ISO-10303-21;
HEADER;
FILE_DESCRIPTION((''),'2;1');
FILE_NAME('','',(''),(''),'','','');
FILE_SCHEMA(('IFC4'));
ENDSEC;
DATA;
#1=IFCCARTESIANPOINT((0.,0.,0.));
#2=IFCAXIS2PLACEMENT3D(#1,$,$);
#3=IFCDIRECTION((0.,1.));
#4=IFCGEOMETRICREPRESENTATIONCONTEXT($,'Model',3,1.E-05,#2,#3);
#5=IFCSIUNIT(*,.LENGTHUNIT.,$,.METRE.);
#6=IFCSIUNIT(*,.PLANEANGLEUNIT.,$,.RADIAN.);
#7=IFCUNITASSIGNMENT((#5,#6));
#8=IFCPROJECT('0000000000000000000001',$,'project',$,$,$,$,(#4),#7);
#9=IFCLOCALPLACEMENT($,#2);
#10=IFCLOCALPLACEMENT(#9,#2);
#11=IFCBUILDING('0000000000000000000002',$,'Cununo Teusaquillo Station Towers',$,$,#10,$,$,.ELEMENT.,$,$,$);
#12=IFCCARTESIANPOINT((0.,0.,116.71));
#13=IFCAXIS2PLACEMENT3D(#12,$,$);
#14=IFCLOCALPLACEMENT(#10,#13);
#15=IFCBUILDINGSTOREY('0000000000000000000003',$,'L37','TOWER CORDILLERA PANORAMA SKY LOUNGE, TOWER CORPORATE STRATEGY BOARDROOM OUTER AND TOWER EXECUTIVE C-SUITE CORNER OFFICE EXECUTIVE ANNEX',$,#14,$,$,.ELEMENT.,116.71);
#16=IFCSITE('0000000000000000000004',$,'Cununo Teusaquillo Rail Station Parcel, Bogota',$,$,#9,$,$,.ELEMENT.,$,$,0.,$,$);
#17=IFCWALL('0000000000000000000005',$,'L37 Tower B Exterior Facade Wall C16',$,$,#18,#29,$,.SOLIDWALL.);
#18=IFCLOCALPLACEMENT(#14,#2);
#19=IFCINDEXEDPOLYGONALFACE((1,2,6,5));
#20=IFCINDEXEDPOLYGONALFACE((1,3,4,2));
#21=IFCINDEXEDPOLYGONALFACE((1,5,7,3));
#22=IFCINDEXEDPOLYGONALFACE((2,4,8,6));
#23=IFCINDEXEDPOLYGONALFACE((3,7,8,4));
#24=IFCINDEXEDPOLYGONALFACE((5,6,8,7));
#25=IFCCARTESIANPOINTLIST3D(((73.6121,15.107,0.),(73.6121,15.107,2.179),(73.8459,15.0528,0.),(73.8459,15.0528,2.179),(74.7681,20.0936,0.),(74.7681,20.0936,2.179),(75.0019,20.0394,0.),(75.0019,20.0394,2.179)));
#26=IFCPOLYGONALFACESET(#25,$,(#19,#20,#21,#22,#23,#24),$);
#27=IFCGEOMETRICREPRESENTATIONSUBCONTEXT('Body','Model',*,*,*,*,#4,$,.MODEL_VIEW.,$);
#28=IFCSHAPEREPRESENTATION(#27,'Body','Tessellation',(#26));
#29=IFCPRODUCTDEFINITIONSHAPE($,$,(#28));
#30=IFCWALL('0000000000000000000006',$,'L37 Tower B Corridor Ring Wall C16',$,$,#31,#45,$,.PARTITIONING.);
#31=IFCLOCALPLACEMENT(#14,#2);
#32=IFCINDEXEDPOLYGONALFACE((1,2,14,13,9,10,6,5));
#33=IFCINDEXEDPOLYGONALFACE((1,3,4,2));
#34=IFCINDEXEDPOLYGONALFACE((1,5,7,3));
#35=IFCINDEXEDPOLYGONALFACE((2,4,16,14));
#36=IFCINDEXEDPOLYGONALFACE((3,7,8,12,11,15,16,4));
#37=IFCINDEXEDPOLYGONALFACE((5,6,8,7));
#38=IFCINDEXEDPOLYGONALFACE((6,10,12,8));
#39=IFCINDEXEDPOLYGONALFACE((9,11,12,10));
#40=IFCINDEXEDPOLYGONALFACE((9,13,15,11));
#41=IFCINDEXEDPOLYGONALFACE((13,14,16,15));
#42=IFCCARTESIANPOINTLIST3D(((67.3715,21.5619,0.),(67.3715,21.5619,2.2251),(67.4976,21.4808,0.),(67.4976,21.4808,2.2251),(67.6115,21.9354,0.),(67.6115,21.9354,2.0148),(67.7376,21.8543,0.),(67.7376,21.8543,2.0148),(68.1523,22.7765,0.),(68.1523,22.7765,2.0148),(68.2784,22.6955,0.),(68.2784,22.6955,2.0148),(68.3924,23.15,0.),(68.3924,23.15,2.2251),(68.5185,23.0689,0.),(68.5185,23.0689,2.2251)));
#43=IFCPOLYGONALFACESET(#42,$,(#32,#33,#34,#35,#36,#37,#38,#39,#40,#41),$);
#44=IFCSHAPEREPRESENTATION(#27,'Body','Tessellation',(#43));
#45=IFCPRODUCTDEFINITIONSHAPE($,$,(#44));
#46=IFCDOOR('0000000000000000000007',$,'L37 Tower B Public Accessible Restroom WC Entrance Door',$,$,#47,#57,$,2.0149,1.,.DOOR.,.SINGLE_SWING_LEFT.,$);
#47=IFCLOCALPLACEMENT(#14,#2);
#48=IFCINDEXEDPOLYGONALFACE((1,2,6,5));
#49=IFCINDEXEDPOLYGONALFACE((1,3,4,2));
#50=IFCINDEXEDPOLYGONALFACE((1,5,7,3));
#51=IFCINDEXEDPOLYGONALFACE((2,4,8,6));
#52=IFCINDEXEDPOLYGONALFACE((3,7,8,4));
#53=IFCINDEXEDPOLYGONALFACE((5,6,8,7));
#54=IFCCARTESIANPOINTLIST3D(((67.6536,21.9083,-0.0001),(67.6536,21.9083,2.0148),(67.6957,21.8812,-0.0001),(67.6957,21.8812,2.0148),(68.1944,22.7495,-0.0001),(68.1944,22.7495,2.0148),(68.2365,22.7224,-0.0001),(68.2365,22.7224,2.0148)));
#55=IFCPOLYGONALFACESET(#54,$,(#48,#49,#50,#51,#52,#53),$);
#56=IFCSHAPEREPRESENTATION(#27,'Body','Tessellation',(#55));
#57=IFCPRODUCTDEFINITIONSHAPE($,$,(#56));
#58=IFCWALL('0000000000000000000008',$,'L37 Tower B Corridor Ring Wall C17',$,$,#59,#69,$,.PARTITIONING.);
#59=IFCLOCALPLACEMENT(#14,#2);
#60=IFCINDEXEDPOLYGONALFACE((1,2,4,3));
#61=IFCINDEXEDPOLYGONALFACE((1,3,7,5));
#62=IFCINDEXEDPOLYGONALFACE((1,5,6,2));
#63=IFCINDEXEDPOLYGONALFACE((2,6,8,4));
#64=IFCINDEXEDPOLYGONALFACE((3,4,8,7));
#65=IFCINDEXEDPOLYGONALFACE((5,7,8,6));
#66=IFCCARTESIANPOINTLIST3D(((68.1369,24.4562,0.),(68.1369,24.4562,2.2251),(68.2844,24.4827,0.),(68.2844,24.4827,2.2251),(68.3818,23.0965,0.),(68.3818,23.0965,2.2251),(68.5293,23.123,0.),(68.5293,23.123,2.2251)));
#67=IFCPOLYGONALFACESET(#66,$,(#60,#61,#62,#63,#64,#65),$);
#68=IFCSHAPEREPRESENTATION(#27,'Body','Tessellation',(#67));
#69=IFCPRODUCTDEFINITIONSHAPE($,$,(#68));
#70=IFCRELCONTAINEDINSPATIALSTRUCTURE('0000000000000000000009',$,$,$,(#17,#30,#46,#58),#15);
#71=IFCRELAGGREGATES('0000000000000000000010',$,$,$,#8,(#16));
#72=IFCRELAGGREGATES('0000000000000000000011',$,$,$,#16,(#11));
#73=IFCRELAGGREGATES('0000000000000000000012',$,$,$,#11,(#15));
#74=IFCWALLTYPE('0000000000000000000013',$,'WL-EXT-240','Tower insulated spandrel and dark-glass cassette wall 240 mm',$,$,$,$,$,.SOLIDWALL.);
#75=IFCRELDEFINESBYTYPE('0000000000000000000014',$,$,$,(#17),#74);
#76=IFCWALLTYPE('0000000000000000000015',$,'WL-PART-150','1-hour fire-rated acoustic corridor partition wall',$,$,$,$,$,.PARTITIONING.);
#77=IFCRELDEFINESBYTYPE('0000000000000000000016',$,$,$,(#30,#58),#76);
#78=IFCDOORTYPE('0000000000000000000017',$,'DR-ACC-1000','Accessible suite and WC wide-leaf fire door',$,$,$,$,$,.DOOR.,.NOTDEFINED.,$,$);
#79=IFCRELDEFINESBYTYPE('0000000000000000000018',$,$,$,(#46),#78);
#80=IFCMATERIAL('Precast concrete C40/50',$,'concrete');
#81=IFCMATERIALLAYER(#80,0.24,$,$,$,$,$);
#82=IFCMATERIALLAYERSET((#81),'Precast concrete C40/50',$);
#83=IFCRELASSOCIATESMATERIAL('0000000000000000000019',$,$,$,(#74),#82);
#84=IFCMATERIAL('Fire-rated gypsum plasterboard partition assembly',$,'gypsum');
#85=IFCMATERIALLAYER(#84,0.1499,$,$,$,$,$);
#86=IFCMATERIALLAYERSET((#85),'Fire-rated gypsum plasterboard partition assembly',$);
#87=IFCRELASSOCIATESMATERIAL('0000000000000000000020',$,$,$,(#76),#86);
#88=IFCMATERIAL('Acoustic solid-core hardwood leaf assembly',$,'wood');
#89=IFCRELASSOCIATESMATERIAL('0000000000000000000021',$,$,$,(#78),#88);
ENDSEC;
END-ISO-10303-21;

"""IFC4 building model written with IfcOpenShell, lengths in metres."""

from ifc_helpers import new_model, si_unit, direction, frame, frame_2d, origin, place, context, subcontext, project, spatial, rectangle, extrude, source, transform, mapped, material, layer, layer_set, type_object, element, fill, save


model = new_model("IFC4")

# Units and contexts
model_context = context("Model", 3, precision=1e-05, world=origin(), true_north=direction((0.0, 1.0)))
body_context = subcontext(model_context, "Body", "Model", "MODEL_VIEW")
ifc_project = project(units=[si_unit("LENGTHUNIT", "METRE"), si_unit("PLANEANGLEUNIT", "RADIAN")], contexts=[model_context])

# Site, building, storey
site_placement = place(None, origin())
site = spatial("IfcSite", under=ifc_project, at=site_placement, Name="Cununo Teusaquillo Rail Station Parcel, Bogota", CompositionType="ELEMENT", RefElevation=0.0)
building_placement = place(site_placement, origin())
building = spatial("IfcBuilding", under=site, at=building_placement, Name="Cununo Teusaquillo Station Towers", CompositionType="ELEMENT")
storey_placement = place(building_placement, frame((0.0, 0.0, 116.71)))
storey = spatial("IfcBuildingStorey", under=building, at=storey_placement, Name="L37", Description="TOWER CORDILLERA PANORAMA SKY LOUNGE, TOWER CORPORATE STRATEGY BOARDROOM OUTER AND TOWER EXECUTIVE C-SUITE CORNER OFFICE EXECUTIVE ANNEX", CompositionType="ELEMENT", Elevation=116.71)

# Shared definitions
ifc_material_1 = material(Name="Precast concrete C40/50", Category="concrete")
ifc_layer_1 = layer(ifc_material_1, 0.24)
ifc_layer_set_1 = layer_set([ifc_layer_1], Name="Precast concrete C40/50")
wall_type_1 = type_object("IfcWallType", Name="WL-EXT-240", Description="Tower insulated spandrel and dark-glass cassette wall 240 mm", PredefinedType="SOLIDWALL", material=ifc_layer_set_1)

# Wall
wall_1_placement = place(storey_placement, frame((74.885, 20.0667, 0.0), z_axis=(0.0, 0.0, 1.0), x_axis=(-0.225835, -0.974166, 0.0)))
element("IfcWall", 1, at=wall_1_placement, inside=storey, type_object=wall_type_1, Name="L37 Tower B Exterior Facade Wall C16", PredefinedType="SOLIDWALL", context=body_context, shape_type="SweptSolid", body=[
    extrude(rectangle(XDim=5.1189, YDim=0.24, at=frame_2d((2.5596, 0.0))), origin(), (0.0, 0.0, 1.0), 2.179),
])

# Wall, opening, door
ifc_material_2 = material(Name="Fire-rated gypsum plasterboard partition assembly", Category="gypsum")
ifc_layer_2 = layer(ifc_material_2, 0.1499)
ifc_layer_set_2 = layer_set([ifc_layer_2], Name="Fire-rated gypsum plasterboard partition assembly")
wall_type_2 = type_object("IfcWallType", Name="WL-PART-150", Description="1-hour fire-rated acoustic corridor partition wall", PredefinedType="PARTITIONING", material=ifc_layer_set_2)
wall_2_placement = place(storey_placement, frame((67.4346, 21.5215, 0.0), z_axis=(0.0, 0.0, 1.0), x_axis=(0.540777, 0.841166, 0.0)))
wall_2 = element("IfcWall", 2, at=wall_2_placement, inside=storey, type_object=wall_type_2, Name="L37 Tower B Corridor Ring Wall C16", PredefinedType="PARTITIONING", context=body_context, shape_type="SweptSolid", body=[
    extrude(rectangle(XDim=1.8879, YDim=0.1499, at=frame_2d((0.9438, 0.0))), origin(), (0.0, 0.0, 1.0), 2.2251),
])
shared_shape_1 = source(origin(), body_context, "Body", "SweptSolid", [
    extrude(rectangle(XDim=1.0, YDim=2.0149, at=frame_2d((0.5, 1.0073))), frame((0.0, 0.085, 0.0), z_axis=(0.0, -1.0, 0.0), x_axis=(1.0, 0.0, 0.0)), (0.0, 0.0, 1.0), 0.1699),
])
opening_1_placement = place(wall_2_placement, frame((0.4438, 0.0, 0.0)))
opening_1 = element("IfcOpeningElement", 3, at=opening_1_placement, cuts=wall_2, PredefinedType="OPENING", context=body_context, shape_type="MappedRepresentation", body=[
    mapped(shared_shape_1, transform((0.0, 0.0, 0.0), x_axis=(1.0, 0.0, 0.0), y_axis=(0.0, 1.0, 0.0), z_axis=(0.0, 0.0, 1.0), scale=1.0)),
])
ifc_material_3 = material(Name="Acoustic solid-core hardwood leaf assembly", Category="wood")
door_type = type_object("IfcDoorType", Name="DR-ACC-1000", Description="Accessible suite and WC wide-leaf fire door", OperationType="NOTDEFINED", PredefinedType="DOOR", material=ifc_material_3)
shared_shape_2 = source(origin(), body_context, "Body", "SweptSolid", [
    extrude(rectangle(XDim=1.0, YDim=2.0149, at=frame_2d((0.5, 1.0073))), frame((0.0, 0.0249, 0.0), z_axis=(0.0, -1.0, 0.0), x_axis=(1.0, 0.0, 0.0)), (0.0, 0.0, 1.0), 0.05),
])
door_placement = place(opening_1_placement, origin())
door = element("IfcDoor", 4, at=door_placement, inside=storey, type_object=door_type, Name="L37 Tower B Public Accessible Restroom WC Entrance Door", OperationType="SINGLE_SWING_LEFT", OverallHeight=2.0149, OverallWidth=1.0, PredefinedType="DOOR", context=body_context, shape_type="MappedRepresentation", body=[
    mapped(shared_shape_2, transform((0.0, 0.0, 0.0), x_axis=(1.0, 0.0, 0.0), y_axis=(0.0, 1.0, 0.0), z_axis=(0.0, 0.0, 1.0), scale=1.0)),
])
fill(opening_1, door)

# Wall
wall_3_placement = place(storey_placement, frame((68.4556, 23.1096, 0.0), z_axis=(0.0, 0.0, 1.0), x_axis=(-0.177252, 0.984165, 0.0)))
element("IfcWall", 5, at=wall_3_placement, inside=storey, type_object=wall_type_2, Name="L37 Tower B Corridor Ring Wall C17", PredefinedType="PARTITIONING", context=body_context, shape_type="SweptSolid", body=[
    extrude(rectangle(XDim=1.3816, YDim=0.1499, at=frame_2d((0.6909, 0.0))), origin(), (0.0, 0.0, 1.0), 2.2251),
])

save(model, "model.ifc")
